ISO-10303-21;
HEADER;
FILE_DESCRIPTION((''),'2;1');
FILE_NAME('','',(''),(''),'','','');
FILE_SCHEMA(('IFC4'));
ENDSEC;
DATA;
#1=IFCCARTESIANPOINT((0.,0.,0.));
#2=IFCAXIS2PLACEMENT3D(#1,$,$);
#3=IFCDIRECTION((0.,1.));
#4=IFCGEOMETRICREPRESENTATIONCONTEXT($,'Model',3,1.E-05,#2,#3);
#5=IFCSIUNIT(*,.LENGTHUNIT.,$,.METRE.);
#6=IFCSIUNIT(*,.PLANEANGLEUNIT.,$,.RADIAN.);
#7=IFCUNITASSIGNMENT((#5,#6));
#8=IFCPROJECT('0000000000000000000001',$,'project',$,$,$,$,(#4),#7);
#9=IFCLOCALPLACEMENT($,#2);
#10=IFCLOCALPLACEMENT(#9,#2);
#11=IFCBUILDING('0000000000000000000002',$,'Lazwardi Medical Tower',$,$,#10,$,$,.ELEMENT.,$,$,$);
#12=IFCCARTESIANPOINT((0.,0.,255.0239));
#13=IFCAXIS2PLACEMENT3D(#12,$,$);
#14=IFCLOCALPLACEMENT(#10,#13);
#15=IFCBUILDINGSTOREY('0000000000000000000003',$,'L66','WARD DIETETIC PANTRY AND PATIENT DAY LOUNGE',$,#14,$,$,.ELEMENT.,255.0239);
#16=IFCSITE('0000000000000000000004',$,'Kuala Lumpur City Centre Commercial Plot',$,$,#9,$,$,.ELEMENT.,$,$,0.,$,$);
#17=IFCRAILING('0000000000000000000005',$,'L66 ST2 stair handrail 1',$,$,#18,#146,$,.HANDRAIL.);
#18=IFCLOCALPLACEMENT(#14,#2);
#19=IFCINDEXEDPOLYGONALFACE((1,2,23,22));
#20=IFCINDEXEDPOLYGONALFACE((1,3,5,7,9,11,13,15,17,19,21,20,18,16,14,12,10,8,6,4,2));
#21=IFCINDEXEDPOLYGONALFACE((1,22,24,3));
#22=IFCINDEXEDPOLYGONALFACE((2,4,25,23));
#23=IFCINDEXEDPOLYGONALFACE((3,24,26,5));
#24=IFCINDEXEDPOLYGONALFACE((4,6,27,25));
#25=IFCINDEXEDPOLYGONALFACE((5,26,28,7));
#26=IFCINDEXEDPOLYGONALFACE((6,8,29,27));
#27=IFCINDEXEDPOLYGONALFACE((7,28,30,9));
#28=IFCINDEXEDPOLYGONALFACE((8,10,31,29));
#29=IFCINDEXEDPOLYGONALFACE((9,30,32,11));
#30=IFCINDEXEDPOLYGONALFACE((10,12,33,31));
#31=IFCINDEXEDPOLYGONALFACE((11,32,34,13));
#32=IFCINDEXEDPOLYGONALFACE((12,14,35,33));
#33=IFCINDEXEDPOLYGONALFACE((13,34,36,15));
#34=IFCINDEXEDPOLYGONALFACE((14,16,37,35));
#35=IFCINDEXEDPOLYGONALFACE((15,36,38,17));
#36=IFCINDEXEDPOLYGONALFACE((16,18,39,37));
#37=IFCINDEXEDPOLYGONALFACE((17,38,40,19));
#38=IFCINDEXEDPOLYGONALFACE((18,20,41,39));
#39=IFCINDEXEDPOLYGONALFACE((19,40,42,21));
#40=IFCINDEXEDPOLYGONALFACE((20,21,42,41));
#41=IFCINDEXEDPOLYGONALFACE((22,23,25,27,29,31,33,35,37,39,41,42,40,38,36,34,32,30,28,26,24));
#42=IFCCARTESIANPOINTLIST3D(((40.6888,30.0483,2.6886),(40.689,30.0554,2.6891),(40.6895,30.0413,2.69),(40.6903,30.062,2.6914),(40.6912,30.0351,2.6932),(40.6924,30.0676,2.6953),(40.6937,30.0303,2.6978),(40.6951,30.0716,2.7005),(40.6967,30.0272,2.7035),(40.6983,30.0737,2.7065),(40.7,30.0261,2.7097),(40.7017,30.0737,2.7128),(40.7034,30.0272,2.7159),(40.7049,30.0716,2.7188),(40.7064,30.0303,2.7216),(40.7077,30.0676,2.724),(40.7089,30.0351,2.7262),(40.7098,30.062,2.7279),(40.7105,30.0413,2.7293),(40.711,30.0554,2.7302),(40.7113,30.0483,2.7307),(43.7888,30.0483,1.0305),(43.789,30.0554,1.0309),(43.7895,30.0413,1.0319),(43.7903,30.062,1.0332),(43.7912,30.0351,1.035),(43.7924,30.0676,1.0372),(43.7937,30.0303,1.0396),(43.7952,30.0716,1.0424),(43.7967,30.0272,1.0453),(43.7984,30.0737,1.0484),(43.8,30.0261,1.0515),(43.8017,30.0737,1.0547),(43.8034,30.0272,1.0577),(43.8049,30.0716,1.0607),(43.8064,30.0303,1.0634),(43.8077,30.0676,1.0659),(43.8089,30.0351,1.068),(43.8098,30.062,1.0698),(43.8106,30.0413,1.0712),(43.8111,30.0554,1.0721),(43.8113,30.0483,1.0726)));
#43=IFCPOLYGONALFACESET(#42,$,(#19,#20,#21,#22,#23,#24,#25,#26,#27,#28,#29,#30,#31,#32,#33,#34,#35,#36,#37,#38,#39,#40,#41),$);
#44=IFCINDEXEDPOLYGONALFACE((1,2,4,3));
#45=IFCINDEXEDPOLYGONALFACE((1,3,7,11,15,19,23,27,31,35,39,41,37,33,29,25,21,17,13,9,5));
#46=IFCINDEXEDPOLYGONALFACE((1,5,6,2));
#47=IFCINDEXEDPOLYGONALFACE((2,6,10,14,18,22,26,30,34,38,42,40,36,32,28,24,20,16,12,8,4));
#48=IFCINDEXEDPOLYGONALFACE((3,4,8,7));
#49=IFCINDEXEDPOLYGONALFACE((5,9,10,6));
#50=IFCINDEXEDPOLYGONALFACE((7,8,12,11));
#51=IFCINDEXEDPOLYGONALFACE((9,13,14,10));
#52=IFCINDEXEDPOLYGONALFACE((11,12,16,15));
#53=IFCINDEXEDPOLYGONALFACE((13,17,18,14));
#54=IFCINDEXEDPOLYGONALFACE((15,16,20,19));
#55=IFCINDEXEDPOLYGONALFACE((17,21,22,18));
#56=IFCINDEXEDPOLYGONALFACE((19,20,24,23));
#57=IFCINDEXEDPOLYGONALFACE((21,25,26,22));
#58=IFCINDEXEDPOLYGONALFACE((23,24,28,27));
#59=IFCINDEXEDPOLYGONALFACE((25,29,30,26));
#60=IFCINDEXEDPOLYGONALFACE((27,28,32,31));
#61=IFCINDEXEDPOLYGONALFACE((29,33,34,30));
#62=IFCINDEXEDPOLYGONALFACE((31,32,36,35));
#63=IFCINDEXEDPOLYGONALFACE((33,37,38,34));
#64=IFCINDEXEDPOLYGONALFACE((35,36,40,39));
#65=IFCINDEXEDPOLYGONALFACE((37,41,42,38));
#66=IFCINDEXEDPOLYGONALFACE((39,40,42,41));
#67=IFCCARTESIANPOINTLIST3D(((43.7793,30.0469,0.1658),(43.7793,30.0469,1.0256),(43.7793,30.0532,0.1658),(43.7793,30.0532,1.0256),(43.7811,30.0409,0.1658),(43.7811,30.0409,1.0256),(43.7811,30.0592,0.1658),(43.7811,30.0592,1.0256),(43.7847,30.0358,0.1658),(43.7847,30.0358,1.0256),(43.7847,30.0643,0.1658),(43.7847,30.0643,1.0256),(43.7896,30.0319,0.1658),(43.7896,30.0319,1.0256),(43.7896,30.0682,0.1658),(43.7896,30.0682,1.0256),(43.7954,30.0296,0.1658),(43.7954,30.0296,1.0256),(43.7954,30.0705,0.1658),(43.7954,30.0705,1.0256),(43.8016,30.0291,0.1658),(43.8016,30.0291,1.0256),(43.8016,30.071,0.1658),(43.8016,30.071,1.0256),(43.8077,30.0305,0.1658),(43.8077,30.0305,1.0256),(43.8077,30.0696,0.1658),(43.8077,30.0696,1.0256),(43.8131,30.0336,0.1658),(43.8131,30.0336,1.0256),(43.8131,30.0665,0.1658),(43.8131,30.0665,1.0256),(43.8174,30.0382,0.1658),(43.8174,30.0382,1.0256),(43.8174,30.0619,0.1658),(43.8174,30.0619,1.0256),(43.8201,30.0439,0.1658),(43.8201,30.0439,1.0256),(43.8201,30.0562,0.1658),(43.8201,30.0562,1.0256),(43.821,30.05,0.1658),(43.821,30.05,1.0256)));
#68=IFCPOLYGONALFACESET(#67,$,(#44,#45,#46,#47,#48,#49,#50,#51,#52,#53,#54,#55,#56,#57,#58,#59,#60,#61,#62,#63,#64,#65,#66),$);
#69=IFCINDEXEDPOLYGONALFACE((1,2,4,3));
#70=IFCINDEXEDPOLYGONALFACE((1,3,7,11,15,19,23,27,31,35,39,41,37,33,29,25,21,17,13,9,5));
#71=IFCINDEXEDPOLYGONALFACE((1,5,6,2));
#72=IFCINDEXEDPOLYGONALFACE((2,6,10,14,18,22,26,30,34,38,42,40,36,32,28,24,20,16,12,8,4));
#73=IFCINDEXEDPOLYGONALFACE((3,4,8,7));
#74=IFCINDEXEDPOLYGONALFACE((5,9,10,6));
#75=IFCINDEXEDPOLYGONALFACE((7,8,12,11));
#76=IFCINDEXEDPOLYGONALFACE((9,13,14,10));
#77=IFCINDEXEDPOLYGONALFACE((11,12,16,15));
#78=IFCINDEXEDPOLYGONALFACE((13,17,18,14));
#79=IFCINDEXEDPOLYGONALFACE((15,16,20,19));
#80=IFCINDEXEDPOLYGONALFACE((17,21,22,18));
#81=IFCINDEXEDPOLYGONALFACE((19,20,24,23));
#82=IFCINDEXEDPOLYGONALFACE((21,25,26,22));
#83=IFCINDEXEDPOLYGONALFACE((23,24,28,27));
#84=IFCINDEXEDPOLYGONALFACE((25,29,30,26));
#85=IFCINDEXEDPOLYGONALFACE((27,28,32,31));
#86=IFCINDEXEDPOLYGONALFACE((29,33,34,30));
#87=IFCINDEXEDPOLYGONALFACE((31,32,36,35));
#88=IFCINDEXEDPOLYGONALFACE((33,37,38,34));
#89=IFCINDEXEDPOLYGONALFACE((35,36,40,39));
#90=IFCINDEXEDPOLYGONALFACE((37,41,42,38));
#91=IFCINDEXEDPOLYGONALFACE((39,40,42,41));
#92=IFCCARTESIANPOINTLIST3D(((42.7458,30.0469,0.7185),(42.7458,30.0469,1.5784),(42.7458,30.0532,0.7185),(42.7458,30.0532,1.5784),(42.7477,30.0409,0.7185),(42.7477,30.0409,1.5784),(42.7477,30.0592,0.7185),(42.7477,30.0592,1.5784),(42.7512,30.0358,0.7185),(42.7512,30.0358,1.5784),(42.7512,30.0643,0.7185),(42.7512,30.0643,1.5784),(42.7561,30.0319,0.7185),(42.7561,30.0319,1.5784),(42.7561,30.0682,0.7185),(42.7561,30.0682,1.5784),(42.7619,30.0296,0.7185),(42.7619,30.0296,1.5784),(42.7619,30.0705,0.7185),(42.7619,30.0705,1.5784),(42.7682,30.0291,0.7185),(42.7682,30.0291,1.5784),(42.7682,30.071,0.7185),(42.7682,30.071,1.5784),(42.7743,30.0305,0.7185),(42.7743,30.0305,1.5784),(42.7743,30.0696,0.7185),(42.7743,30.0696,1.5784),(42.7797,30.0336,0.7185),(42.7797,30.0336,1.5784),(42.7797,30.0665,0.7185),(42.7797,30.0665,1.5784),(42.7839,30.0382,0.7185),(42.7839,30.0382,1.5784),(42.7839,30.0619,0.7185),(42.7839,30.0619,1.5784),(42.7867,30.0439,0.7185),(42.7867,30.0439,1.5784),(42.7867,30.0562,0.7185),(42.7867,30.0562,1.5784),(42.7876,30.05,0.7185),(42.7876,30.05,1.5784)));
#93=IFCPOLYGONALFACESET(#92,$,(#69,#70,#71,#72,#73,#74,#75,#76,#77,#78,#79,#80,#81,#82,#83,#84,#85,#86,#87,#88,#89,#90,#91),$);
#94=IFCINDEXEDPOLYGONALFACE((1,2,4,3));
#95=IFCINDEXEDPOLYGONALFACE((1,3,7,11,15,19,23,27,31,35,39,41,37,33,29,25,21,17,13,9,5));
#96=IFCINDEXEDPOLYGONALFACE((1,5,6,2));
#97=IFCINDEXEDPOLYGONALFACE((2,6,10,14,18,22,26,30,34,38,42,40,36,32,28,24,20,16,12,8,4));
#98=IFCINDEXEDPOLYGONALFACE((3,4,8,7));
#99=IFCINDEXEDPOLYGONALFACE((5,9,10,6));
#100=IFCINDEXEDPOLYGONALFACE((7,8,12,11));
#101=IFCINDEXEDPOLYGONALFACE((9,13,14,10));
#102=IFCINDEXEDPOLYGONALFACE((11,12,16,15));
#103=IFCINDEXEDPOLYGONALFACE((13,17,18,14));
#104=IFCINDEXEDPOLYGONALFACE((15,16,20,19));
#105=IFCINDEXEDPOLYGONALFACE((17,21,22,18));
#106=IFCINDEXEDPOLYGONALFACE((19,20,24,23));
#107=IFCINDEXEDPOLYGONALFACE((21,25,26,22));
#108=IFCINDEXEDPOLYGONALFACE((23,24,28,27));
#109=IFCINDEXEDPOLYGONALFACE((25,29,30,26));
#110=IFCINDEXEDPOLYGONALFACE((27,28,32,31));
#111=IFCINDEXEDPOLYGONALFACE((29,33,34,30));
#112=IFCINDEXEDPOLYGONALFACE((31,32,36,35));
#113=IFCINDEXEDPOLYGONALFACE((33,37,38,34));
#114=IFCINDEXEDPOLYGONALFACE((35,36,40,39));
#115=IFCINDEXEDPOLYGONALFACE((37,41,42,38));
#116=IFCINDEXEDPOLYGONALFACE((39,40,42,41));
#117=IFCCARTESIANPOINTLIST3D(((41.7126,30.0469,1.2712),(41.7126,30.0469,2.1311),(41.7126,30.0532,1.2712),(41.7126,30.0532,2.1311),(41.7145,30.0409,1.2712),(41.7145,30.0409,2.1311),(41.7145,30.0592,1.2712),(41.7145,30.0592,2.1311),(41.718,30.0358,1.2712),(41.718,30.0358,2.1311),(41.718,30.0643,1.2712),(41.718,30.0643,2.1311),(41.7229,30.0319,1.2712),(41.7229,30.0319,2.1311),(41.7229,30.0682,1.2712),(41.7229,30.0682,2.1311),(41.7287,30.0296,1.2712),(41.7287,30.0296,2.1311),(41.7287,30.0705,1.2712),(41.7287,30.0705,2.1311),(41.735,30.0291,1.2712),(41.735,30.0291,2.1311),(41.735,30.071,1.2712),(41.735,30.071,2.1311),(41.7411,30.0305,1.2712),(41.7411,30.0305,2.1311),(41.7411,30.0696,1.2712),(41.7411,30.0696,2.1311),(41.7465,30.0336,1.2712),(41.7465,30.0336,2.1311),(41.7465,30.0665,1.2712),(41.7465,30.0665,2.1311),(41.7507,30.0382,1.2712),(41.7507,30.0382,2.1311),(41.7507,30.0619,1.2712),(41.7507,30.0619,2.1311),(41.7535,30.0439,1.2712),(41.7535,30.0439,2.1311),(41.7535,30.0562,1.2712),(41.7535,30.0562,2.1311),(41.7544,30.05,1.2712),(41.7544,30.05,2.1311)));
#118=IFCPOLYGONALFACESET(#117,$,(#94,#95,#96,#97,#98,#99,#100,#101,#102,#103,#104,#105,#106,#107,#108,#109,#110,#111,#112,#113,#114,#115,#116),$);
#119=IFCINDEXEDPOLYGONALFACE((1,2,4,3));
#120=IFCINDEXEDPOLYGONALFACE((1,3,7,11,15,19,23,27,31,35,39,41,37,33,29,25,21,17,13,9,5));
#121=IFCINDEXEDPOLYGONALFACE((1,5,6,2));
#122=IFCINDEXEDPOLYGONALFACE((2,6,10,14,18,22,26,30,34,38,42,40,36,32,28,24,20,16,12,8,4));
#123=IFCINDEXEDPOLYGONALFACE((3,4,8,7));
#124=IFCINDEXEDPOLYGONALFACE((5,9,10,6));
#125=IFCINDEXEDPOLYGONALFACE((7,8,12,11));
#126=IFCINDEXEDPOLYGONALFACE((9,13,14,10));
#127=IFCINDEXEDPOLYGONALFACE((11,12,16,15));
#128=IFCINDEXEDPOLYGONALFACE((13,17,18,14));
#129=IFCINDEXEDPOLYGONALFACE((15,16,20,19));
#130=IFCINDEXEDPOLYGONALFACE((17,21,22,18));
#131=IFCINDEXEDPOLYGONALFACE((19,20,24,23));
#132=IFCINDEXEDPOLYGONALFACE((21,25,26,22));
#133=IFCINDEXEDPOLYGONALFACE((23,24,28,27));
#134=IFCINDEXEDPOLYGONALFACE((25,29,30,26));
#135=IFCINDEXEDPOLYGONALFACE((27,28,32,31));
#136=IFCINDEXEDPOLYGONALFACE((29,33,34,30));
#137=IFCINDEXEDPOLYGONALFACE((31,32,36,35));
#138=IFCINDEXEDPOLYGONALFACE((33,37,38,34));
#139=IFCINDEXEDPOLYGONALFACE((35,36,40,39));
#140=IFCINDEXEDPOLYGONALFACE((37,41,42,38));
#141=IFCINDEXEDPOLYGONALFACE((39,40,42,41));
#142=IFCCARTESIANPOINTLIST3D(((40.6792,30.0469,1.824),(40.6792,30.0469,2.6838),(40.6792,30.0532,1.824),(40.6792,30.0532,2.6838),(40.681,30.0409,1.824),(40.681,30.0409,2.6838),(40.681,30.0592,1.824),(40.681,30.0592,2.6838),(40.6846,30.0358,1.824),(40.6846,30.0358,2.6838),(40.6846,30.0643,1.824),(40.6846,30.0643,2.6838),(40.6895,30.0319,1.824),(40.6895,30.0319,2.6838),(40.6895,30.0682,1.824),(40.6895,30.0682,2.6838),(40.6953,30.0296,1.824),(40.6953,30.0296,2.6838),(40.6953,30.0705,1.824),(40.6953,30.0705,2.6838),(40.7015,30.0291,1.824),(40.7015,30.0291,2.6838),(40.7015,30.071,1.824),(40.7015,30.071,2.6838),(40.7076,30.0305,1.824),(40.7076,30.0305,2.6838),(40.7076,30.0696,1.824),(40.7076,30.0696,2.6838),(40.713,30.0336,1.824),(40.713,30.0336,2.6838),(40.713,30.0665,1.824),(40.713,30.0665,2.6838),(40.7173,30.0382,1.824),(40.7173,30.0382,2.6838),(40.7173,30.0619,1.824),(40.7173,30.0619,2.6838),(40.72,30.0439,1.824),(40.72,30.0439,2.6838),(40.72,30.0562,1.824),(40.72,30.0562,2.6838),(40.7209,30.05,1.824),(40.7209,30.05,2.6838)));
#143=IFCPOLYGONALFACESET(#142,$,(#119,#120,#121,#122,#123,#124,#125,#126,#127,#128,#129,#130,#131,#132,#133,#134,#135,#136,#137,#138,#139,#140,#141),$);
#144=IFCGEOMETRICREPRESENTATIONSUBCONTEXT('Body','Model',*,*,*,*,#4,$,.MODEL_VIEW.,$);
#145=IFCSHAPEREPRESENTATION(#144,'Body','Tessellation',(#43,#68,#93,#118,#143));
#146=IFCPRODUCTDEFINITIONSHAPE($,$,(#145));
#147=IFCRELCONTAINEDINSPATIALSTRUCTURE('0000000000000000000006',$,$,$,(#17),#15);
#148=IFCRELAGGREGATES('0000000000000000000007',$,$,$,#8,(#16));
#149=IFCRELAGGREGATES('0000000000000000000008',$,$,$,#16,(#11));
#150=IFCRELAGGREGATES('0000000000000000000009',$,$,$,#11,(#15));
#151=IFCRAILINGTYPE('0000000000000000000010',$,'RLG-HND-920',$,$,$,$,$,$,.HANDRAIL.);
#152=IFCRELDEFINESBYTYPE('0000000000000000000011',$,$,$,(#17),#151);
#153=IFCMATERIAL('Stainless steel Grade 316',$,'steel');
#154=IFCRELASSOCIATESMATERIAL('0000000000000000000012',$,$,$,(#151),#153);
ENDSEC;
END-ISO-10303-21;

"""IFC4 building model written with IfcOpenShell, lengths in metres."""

from ifc_helpers import new_model, si_unit, direction, frame, origin, origin_2d, place, context, subcontext, project, spatial, circle, extrude, material, type_object, element, save


model = new_model("IFC4")

# Units and contexts
model_context = context("Model", 3, precision=1e-05, world=origin(), true_north=direction((0.0, 1.0)))
body_context = subcontext(model_context, "Body", "Model", "MODEL_VIEW")
ifc_project = project(units=[si_unit("LENGTHUNIT", "METRE"), si_unit("PLANEANGLEUNIT", "RADIAN")], contexts=[model_context])

# Site, building, storey
site_placement = place(None, origin())
site = spatial("IfcSite", under=ifc_project, at=site_placement, Name="Kuala Lumpur City Centre Commercial Plot", CompositionType="ELEMENT", RefElevation=0.0)
building_placement = place(site_placement, origin())
building = spatial("IfcBuilding", under=site, at=building_placement, Name="Lazwardi Medical Tower", CompositionType="ELEMENT")
storey_placement = place(building_placement, frame((0.0, 0.0, 255.0239)))
storey = spatial("IfcBuildingStorey", under=building, at=storey_placement, Name="L66", Description="WARD DIETETIC PANTRY AND PATIENT DAY LOUNGE", CompositionType="ELEMENT", Elevation=255.0239)

# Railing
ifc_material_1 = material(Name="Stainless steel Grade 316", Category="steel")
railing_type_1 = type_object("IfcRailingType", Name="RLG-HND-920", PredefinedType="HANDRAIL", material=ifc_material_1)
railing_1_placement = place(storey_placement, frame((43.8, 30.05, 0.1658)))
element("IfcRailing", 1, at=railing_1_placement, inside=storey, type_object=railing_type_1, Name="L66 ST2 stair handrail 1", PredefinedType="HANDRAIL", context=body_context, shape_type="SweptSolid", body=[
    extrude(circle(Radius=0.0239, at=origin_2d()), frame((0.0, 0.0, 0.8857), z_axis=(-0.881783, 0.0, 0.471655), x_axis=(0.0, -1.0, 0.0)), (0.0, 0.0, 1.0), 3.5156),
    extrude(circle(Radius=0.021, at=origin_2d()), origin(), (0.0, 0.0, 1.0), 0.8599),
    extrude(circle(Radius=0.021, at=origin_2d()), frame((-1.0334, 0.0, 0.5527)), (0.0, 0.0, 1.0), 0.8599),
    extrude(circle(Radius=0.021, at=origin_2d()), frame((-2.0667, 0.0, 1.1055)), (0.0, 0.0, 1.0), 0.8599),
    extrude(circle(Radius=0.021, at=origin_2d()), frame((-3.1001, 0.0, 1.6582)), (0.0, 0.0, 1.0), 0.8599),
])

save(model, "model.ifc")
